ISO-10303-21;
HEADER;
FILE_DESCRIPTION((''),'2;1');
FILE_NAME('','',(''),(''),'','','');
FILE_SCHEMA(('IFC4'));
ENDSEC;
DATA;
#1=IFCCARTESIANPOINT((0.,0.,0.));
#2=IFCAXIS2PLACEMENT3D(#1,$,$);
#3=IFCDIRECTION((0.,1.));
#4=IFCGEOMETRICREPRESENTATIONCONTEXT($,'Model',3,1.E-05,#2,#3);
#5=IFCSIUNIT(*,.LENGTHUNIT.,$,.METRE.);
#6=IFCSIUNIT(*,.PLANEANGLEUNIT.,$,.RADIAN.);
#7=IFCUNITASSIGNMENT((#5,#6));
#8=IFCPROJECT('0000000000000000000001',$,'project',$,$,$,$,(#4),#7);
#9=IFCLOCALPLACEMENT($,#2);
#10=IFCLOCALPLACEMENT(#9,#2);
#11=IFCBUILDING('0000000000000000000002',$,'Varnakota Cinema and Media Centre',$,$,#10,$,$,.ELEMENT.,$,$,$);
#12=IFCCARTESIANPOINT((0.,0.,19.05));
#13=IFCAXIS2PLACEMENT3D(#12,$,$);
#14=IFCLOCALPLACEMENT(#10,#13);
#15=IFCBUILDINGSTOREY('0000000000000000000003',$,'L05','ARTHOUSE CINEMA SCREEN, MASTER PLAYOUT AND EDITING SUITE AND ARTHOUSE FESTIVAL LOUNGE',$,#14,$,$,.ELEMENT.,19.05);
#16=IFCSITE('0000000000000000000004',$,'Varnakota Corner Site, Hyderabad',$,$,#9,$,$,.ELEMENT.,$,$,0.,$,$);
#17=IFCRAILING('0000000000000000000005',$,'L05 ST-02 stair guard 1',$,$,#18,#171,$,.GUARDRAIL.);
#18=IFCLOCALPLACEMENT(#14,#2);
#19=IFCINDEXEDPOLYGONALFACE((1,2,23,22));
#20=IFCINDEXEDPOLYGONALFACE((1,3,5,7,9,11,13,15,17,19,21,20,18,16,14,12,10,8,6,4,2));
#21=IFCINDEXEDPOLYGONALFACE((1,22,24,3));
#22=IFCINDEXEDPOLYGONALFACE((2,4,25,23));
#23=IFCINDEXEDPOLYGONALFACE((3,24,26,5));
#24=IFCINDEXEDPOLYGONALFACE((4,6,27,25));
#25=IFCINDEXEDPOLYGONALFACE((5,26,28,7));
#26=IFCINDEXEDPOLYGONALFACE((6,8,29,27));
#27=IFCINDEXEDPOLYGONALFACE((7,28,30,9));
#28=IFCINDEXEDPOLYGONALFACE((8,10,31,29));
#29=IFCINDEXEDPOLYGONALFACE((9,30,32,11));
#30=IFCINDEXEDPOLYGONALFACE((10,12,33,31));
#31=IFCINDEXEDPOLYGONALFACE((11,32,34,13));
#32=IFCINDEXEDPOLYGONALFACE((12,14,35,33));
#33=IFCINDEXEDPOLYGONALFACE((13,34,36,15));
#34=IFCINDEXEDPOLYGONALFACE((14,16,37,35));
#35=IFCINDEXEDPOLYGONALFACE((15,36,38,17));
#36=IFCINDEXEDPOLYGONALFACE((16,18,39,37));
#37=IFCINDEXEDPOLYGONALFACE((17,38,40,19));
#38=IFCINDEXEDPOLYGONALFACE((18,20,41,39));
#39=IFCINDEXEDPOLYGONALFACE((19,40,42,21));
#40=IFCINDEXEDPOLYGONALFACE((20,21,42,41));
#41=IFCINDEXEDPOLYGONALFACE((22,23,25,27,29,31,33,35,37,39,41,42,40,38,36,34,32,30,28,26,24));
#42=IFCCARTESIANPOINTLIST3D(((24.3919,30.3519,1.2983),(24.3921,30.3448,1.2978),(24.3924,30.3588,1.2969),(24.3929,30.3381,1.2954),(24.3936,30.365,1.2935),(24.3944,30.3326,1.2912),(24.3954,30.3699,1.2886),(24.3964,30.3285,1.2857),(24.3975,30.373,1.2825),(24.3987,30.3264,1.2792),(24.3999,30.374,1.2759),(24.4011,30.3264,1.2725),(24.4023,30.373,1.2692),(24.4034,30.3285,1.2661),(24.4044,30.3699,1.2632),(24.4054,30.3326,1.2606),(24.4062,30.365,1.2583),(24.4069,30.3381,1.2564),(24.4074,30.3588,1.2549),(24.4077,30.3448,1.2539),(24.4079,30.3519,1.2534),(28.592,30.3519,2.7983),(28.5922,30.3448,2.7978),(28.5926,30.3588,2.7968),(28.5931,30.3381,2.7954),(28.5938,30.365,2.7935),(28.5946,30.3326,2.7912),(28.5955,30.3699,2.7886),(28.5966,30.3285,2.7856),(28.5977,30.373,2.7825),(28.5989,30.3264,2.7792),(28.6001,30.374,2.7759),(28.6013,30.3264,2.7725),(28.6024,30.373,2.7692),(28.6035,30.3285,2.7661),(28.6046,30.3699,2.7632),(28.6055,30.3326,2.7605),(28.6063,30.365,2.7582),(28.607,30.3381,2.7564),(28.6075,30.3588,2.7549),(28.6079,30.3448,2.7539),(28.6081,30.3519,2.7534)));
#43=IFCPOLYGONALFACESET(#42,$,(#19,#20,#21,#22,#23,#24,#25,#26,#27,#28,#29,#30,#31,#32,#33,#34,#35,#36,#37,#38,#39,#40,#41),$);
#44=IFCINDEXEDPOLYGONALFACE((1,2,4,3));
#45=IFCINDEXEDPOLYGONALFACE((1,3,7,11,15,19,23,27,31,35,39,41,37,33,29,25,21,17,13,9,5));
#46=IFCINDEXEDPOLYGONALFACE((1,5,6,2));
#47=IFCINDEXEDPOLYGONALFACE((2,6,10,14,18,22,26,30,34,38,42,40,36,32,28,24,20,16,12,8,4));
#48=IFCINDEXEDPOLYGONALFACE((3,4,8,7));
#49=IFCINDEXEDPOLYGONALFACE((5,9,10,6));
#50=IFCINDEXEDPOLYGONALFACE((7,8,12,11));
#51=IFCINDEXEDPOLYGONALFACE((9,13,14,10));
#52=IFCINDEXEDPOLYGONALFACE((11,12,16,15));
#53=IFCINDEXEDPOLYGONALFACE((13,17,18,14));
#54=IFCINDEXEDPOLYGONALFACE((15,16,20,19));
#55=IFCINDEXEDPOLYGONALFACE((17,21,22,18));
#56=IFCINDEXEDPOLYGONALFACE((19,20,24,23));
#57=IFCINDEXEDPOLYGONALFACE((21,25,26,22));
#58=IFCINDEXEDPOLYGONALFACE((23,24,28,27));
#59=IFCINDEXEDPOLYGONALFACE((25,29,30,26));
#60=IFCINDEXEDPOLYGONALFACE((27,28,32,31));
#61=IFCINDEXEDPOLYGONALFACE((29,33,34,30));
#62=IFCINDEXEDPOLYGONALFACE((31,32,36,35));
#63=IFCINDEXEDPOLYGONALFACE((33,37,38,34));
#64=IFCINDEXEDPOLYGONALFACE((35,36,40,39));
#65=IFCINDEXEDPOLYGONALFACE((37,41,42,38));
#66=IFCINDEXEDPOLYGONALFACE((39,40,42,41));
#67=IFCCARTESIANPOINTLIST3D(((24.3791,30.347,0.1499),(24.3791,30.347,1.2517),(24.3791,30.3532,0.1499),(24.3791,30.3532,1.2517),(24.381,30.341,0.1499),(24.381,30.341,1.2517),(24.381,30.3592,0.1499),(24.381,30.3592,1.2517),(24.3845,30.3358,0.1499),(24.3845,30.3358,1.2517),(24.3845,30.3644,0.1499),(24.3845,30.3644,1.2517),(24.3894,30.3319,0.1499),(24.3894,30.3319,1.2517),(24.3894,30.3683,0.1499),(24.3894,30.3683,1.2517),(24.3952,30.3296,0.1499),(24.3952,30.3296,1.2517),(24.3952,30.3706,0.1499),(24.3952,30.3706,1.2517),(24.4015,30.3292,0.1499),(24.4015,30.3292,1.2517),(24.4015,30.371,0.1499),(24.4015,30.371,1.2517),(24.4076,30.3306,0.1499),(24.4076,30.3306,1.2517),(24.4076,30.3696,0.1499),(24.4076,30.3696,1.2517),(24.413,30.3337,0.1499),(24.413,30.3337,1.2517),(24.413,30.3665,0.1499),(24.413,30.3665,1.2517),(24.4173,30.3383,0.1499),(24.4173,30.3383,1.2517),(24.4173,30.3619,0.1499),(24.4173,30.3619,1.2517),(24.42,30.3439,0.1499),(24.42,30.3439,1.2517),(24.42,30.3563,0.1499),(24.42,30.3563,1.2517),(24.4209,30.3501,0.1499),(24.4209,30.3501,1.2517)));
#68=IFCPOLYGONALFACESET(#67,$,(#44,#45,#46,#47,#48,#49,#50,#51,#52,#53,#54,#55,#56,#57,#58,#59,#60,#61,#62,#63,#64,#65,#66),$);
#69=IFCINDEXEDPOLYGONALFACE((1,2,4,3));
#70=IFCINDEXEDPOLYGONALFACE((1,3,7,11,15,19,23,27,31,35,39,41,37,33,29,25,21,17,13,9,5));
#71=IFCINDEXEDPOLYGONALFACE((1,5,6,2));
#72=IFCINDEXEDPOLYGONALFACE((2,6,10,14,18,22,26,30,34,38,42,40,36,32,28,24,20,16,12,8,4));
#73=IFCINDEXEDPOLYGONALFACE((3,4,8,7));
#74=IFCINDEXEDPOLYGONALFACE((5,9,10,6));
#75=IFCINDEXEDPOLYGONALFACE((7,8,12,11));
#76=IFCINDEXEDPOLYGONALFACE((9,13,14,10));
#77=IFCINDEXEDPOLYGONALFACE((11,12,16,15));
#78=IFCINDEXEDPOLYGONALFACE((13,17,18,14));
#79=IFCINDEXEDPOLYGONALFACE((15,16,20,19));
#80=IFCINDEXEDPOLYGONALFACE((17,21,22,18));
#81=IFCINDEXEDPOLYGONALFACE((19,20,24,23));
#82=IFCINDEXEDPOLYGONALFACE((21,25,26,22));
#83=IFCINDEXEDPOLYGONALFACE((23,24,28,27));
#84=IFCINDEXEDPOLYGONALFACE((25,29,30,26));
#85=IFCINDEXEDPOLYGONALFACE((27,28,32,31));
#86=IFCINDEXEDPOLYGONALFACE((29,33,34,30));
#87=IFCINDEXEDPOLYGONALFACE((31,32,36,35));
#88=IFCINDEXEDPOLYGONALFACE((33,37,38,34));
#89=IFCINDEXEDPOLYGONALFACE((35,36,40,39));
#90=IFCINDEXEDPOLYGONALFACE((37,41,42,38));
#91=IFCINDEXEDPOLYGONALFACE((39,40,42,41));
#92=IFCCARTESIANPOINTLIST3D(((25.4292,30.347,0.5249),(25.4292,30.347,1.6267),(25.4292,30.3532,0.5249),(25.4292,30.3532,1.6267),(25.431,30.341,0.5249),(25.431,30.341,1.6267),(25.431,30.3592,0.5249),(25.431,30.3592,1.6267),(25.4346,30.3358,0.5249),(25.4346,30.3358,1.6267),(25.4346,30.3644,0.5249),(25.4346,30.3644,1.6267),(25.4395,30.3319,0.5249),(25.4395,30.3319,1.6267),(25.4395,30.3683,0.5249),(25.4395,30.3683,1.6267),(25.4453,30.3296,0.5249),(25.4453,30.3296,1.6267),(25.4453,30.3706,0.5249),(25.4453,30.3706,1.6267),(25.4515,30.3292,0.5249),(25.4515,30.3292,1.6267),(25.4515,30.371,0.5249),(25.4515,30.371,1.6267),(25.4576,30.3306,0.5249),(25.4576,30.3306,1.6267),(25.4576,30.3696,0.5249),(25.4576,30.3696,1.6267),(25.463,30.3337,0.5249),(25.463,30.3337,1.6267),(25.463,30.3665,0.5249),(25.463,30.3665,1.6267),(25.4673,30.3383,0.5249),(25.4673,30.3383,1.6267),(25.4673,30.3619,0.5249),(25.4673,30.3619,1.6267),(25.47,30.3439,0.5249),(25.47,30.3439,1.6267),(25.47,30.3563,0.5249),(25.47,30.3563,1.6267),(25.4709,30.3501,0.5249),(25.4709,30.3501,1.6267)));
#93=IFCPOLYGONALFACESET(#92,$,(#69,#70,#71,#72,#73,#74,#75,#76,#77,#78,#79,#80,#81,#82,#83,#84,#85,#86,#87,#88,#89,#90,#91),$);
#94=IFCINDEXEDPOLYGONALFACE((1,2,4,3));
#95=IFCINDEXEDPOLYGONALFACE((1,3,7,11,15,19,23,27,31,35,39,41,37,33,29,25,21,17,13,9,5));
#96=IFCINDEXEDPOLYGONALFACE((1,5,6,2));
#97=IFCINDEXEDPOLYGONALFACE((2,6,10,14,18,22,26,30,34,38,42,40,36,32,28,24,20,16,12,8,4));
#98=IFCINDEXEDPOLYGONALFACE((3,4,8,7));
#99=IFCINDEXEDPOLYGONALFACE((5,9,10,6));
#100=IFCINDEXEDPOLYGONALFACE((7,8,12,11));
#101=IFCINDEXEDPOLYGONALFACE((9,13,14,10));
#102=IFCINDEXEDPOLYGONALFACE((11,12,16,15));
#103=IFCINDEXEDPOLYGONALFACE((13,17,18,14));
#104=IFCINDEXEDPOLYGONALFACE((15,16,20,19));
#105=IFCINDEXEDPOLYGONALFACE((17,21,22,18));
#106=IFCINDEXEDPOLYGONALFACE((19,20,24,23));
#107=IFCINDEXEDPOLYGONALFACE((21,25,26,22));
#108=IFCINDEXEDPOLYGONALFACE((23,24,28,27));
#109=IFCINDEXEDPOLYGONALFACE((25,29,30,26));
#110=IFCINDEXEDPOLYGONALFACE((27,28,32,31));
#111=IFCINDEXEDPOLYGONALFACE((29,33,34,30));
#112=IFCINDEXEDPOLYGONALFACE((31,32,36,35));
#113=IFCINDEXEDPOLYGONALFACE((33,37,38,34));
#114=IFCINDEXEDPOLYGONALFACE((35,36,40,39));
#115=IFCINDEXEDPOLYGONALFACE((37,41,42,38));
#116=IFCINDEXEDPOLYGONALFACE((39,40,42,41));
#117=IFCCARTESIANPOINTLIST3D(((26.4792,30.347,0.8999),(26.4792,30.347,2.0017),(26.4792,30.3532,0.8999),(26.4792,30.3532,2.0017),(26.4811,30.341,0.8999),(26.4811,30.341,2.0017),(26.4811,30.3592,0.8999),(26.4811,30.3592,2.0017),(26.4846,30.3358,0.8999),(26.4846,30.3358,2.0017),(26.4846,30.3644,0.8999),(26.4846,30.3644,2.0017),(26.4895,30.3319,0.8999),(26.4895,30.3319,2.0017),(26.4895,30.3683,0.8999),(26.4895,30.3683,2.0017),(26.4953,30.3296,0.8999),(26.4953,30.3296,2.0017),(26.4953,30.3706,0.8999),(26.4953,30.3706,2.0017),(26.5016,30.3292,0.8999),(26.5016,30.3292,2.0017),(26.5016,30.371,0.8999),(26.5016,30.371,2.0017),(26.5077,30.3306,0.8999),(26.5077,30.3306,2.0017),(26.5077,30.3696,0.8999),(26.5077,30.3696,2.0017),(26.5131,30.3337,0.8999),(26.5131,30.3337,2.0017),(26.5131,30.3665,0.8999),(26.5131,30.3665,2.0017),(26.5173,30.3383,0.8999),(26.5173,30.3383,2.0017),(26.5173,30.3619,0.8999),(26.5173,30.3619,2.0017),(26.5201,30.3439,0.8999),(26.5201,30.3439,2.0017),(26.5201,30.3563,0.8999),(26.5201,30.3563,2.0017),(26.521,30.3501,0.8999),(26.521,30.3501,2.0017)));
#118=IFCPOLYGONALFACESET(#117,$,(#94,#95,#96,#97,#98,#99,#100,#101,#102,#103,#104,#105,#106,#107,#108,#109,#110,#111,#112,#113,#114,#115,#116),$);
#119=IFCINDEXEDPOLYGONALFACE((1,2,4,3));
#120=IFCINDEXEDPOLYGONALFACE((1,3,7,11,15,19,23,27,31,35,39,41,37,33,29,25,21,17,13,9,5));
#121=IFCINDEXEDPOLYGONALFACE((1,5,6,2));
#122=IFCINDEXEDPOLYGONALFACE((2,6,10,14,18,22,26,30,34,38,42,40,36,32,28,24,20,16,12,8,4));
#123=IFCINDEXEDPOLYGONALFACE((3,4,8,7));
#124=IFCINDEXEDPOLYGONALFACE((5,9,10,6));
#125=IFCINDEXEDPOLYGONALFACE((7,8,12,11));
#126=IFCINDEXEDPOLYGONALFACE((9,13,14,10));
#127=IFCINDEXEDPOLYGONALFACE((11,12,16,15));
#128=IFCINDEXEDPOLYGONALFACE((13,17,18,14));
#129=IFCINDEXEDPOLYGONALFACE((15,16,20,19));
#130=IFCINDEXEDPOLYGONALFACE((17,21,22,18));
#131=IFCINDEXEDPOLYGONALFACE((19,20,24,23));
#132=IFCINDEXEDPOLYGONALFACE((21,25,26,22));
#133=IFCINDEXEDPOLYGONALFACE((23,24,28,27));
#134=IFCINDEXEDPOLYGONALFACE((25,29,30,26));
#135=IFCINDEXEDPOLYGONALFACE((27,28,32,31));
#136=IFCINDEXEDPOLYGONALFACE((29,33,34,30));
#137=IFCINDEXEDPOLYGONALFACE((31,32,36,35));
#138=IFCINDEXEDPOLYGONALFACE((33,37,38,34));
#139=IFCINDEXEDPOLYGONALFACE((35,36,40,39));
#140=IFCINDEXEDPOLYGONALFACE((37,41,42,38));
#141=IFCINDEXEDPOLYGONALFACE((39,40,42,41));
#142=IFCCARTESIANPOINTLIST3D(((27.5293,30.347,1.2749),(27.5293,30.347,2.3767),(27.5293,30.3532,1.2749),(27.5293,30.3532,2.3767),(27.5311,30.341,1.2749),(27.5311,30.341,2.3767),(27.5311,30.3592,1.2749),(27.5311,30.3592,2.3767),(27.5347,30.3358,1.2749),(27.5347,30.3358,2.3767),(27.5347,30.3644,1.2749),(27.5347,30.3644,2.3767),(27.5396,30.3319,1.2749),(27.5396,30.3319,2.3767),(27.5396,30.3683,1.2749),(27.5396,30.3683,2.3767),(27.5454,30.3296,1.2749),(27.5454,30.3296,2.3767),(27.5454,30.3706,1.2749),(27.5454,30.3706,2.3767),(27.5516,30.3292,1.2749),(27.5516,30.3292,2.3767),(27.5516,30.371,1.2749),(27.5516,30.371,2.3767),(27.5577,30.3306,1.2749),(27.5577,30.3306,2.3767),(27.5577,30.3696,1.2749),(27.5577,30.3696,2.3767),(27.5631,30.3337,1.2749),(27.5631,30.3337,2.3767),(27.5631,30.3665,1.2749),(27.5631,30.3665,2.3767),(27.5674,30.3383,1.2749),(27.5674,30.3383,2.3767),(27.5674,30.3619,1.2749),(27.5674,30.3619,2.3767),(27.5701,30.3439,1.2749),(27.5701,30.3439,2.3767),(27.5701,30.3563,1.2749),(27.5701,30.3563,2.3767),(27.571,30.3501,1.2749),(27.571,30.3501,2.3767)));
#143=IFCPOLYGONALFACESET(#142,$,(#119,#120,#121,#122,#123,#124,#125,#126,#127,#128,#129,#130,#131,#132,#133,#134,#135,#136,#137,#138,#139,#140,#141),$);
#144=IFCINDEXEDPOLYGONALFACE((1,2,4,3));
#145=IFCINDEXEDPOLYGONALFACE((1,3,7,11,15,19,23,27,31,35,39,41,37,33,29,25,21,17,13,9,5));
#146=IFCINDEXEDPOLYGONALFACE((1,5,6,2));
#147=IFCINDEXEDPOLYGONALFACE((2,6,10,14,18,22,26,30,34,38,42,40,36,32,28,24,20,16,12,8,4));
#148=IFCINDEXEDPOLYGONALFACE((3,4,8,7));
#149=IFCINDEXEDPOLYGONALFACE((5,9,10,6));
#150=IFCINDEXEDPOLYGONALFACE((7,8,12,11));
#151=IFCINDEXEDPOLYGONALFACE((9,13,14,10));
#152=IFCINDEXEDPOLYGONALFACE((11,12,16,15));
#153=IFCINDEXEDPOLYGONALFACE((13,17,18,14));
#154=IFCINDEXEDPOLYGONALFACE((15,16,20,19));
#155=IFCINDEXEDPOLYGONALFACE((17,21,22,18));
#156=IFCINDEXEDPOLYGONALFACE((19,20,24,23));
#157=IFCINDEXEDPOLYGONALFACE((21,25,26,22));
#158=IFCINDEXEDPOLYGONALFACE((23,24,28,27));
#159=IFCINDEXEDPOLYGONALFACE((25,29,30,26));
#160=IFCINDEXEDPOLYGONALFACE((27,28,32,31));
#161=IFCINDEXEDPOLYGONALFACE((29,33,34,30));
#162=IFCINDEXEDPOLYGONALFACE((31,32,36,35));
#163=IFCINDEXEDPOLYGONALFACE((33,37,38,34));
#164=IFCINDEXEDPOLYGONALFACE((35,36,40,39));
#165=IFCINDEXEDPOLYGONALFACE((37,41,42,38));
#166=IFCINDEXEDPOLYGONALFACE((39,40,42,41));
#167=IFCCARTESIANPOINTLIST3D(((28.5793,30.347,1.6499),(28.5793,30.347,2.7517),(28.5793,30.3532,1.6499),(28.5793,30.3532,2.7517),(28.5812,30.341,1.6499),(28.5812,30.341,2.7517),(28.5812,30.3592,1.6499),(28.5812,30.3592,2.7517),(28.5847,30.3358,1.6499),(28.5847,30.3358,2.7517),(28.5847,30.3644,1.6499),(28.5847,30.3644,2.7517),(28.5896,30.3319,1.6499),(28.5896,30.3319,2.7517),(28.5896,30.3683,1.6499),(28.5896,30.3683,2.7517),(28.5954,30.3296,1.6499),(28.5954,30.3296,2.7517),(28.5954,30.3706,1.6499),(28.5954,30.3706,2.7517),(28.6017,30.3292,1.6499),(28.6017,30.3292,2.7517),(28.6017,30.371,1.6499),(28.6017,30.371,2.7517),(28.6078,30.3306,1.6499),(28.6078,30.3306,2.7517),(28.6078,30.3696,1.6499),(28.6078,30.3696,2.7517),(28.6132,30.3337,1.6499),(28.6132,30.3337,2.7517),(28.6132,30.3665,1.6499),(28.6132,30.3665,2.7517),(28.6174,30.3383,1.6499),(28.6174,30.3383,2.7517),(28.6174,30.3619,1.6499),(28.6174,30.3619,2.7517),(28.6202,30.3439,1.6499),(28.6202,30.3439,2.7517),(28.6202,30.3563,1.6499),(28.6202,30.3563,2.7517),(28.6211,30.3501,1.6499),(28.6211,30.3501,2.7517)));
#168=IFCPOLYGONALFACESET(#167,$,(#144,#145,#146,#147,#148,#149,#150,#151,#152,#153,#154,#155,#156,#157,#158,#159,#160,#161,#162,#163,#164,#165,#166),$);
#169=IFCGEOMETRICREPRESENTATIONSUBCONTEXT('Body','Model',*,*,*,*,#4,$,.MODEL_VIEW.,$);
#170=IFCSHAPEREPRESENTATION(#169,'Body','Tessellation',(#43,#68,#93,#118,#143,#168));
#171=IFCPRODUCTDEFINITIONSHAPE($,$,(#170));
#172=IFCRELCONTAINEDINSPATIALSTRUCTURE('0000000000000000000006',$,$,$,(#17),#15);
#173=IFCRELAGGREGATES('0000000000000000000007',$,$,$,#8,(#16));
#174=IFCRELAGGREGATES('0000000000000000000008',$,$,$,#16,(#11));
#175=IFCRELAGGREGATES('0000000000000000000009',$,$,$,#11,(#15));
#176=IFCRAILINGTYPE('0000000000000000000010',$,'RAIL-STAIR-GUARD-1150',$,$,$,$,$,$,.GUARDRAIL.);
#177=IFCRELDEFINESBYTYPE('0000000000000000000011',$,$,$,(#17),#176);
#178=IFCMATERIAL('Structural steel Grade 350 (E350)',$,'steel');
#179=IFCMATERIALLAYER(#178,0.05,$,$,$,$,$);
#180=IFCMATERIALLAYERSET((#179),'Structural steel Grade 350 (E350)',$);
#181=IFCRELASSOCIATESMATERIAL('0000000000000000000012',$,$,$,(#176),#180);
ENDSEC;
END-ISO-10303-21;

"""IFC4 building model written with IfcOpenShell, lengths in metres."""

from ifc_helpers import new_model, si_unit, direction, frame, origin, origin_2d, place, context, subcontext, project, spatial, circle, extrude, material, layer, layer_set, type_object, element, save


model = new_model("IFC4")

# Units and contexts
model_context = context("Model", 3, precision=1e-05, world=origin(), true_north=direction((0.0, 1.0)))
body_context = subcontext(model_context, "Body", "Model", "MODEL_VIEW")
ifc_project = project(units=[si_unit("LENGTHUNIT", "METRE"), si_unit("PLANEANGLEUNIT", "RADIAN")], contexts=[model_context])

# Site, building, storey
site_placement = place(None, origin())
site = spatial("IfcSite", under=ifc_project, at=site_placement, Name="Varnakota Corner Site, Hyderabad", CompositionType="ELEMENT", RefElevation=0.0)
building_placement = place(site_placement, origin())
building = spatial("IfcBuilding", under=site, at=building_placement, Name="Varnakota Cinema and Media Centre", CompositionType="ELEMENT")
storey_placement = place(building_placement, frame((0.0, 0.0, 19.05)))
storey = spatial("IfcBuildingStorey", under=building, at=storey_placement, Name="L05", Description="ARTHOUSE CINEMA SCREEN, MASTER PLAYOUT AND EDITING SUITE AND ARTHOUSE FESTIVAL LOUNGE", CompositionType="ELEMENT", Elevation=19.05)

# Railing
ifc_material_1 = material(Name="Structural steel Grade 350 (E350)", Category="steel")
ifc_layer_1 = layer(ifc_material_1, 0.05)
ifc_layer_set_1 = layer_set([ifc_layer_1], Name="Structural steel Grade 350 (E350)")
railing_type_1 = type_object("IfcRailingType", Name="RAIL-STAIR-GUARD-1150", PredefinedType="GUARDRAIL", material=ifc_layer_set_1)
railing_1_placement = place(storey_placement, frame((24.3999, 30.3501, 0.1499)))
element("IfcRailing", 1, at=railing_1_placement, inside=storey, type_object=railing_type_1, Name="L05 ST-02 stair guard 1", PredefinedType="GUARDRAIL", context=body_context, shape_type="SweptSolid", body=[
    extrude(circle(Radius=0.0239, at=origin_2d()), frame((0.0, 0.0, 1.126), z_axis=(0.941747, 0.0, 0.336323), x_axis=(0.0, 1.0, 0.0)), (0.0, 0.0, 1.0), 4.46),
    extrude(circle(Radius=0.021, at=origin_2d()), origin(), (0.0, 0.0, 1.0), 1.1018),
    extrude(circle(Radius=0.021, at=origin_2d()), frame((1.05, 0.0, 0.375)), (0.0, 0.0, 1.0), 1.1018),
    extrude(circle(Radius=0.021, at=origin_2d()), frame((2.1001, 0.0, 0.75)), (0.0, 0.0, 1.0), 1.1018),
    extrude(circle(Radius=0.021, at=origin_2d()), frame((3.1501, 0.0, 1.125)), (0.0, 0.0, 1.0), 1.1018),
    extrude(circle(Radius=0.021, at=origin_2d()), frame((4.2002, 0.0, 1.5)), (0.0, 0.0, 1.0), 1.1018),
])

save(model, "model.ifc")
